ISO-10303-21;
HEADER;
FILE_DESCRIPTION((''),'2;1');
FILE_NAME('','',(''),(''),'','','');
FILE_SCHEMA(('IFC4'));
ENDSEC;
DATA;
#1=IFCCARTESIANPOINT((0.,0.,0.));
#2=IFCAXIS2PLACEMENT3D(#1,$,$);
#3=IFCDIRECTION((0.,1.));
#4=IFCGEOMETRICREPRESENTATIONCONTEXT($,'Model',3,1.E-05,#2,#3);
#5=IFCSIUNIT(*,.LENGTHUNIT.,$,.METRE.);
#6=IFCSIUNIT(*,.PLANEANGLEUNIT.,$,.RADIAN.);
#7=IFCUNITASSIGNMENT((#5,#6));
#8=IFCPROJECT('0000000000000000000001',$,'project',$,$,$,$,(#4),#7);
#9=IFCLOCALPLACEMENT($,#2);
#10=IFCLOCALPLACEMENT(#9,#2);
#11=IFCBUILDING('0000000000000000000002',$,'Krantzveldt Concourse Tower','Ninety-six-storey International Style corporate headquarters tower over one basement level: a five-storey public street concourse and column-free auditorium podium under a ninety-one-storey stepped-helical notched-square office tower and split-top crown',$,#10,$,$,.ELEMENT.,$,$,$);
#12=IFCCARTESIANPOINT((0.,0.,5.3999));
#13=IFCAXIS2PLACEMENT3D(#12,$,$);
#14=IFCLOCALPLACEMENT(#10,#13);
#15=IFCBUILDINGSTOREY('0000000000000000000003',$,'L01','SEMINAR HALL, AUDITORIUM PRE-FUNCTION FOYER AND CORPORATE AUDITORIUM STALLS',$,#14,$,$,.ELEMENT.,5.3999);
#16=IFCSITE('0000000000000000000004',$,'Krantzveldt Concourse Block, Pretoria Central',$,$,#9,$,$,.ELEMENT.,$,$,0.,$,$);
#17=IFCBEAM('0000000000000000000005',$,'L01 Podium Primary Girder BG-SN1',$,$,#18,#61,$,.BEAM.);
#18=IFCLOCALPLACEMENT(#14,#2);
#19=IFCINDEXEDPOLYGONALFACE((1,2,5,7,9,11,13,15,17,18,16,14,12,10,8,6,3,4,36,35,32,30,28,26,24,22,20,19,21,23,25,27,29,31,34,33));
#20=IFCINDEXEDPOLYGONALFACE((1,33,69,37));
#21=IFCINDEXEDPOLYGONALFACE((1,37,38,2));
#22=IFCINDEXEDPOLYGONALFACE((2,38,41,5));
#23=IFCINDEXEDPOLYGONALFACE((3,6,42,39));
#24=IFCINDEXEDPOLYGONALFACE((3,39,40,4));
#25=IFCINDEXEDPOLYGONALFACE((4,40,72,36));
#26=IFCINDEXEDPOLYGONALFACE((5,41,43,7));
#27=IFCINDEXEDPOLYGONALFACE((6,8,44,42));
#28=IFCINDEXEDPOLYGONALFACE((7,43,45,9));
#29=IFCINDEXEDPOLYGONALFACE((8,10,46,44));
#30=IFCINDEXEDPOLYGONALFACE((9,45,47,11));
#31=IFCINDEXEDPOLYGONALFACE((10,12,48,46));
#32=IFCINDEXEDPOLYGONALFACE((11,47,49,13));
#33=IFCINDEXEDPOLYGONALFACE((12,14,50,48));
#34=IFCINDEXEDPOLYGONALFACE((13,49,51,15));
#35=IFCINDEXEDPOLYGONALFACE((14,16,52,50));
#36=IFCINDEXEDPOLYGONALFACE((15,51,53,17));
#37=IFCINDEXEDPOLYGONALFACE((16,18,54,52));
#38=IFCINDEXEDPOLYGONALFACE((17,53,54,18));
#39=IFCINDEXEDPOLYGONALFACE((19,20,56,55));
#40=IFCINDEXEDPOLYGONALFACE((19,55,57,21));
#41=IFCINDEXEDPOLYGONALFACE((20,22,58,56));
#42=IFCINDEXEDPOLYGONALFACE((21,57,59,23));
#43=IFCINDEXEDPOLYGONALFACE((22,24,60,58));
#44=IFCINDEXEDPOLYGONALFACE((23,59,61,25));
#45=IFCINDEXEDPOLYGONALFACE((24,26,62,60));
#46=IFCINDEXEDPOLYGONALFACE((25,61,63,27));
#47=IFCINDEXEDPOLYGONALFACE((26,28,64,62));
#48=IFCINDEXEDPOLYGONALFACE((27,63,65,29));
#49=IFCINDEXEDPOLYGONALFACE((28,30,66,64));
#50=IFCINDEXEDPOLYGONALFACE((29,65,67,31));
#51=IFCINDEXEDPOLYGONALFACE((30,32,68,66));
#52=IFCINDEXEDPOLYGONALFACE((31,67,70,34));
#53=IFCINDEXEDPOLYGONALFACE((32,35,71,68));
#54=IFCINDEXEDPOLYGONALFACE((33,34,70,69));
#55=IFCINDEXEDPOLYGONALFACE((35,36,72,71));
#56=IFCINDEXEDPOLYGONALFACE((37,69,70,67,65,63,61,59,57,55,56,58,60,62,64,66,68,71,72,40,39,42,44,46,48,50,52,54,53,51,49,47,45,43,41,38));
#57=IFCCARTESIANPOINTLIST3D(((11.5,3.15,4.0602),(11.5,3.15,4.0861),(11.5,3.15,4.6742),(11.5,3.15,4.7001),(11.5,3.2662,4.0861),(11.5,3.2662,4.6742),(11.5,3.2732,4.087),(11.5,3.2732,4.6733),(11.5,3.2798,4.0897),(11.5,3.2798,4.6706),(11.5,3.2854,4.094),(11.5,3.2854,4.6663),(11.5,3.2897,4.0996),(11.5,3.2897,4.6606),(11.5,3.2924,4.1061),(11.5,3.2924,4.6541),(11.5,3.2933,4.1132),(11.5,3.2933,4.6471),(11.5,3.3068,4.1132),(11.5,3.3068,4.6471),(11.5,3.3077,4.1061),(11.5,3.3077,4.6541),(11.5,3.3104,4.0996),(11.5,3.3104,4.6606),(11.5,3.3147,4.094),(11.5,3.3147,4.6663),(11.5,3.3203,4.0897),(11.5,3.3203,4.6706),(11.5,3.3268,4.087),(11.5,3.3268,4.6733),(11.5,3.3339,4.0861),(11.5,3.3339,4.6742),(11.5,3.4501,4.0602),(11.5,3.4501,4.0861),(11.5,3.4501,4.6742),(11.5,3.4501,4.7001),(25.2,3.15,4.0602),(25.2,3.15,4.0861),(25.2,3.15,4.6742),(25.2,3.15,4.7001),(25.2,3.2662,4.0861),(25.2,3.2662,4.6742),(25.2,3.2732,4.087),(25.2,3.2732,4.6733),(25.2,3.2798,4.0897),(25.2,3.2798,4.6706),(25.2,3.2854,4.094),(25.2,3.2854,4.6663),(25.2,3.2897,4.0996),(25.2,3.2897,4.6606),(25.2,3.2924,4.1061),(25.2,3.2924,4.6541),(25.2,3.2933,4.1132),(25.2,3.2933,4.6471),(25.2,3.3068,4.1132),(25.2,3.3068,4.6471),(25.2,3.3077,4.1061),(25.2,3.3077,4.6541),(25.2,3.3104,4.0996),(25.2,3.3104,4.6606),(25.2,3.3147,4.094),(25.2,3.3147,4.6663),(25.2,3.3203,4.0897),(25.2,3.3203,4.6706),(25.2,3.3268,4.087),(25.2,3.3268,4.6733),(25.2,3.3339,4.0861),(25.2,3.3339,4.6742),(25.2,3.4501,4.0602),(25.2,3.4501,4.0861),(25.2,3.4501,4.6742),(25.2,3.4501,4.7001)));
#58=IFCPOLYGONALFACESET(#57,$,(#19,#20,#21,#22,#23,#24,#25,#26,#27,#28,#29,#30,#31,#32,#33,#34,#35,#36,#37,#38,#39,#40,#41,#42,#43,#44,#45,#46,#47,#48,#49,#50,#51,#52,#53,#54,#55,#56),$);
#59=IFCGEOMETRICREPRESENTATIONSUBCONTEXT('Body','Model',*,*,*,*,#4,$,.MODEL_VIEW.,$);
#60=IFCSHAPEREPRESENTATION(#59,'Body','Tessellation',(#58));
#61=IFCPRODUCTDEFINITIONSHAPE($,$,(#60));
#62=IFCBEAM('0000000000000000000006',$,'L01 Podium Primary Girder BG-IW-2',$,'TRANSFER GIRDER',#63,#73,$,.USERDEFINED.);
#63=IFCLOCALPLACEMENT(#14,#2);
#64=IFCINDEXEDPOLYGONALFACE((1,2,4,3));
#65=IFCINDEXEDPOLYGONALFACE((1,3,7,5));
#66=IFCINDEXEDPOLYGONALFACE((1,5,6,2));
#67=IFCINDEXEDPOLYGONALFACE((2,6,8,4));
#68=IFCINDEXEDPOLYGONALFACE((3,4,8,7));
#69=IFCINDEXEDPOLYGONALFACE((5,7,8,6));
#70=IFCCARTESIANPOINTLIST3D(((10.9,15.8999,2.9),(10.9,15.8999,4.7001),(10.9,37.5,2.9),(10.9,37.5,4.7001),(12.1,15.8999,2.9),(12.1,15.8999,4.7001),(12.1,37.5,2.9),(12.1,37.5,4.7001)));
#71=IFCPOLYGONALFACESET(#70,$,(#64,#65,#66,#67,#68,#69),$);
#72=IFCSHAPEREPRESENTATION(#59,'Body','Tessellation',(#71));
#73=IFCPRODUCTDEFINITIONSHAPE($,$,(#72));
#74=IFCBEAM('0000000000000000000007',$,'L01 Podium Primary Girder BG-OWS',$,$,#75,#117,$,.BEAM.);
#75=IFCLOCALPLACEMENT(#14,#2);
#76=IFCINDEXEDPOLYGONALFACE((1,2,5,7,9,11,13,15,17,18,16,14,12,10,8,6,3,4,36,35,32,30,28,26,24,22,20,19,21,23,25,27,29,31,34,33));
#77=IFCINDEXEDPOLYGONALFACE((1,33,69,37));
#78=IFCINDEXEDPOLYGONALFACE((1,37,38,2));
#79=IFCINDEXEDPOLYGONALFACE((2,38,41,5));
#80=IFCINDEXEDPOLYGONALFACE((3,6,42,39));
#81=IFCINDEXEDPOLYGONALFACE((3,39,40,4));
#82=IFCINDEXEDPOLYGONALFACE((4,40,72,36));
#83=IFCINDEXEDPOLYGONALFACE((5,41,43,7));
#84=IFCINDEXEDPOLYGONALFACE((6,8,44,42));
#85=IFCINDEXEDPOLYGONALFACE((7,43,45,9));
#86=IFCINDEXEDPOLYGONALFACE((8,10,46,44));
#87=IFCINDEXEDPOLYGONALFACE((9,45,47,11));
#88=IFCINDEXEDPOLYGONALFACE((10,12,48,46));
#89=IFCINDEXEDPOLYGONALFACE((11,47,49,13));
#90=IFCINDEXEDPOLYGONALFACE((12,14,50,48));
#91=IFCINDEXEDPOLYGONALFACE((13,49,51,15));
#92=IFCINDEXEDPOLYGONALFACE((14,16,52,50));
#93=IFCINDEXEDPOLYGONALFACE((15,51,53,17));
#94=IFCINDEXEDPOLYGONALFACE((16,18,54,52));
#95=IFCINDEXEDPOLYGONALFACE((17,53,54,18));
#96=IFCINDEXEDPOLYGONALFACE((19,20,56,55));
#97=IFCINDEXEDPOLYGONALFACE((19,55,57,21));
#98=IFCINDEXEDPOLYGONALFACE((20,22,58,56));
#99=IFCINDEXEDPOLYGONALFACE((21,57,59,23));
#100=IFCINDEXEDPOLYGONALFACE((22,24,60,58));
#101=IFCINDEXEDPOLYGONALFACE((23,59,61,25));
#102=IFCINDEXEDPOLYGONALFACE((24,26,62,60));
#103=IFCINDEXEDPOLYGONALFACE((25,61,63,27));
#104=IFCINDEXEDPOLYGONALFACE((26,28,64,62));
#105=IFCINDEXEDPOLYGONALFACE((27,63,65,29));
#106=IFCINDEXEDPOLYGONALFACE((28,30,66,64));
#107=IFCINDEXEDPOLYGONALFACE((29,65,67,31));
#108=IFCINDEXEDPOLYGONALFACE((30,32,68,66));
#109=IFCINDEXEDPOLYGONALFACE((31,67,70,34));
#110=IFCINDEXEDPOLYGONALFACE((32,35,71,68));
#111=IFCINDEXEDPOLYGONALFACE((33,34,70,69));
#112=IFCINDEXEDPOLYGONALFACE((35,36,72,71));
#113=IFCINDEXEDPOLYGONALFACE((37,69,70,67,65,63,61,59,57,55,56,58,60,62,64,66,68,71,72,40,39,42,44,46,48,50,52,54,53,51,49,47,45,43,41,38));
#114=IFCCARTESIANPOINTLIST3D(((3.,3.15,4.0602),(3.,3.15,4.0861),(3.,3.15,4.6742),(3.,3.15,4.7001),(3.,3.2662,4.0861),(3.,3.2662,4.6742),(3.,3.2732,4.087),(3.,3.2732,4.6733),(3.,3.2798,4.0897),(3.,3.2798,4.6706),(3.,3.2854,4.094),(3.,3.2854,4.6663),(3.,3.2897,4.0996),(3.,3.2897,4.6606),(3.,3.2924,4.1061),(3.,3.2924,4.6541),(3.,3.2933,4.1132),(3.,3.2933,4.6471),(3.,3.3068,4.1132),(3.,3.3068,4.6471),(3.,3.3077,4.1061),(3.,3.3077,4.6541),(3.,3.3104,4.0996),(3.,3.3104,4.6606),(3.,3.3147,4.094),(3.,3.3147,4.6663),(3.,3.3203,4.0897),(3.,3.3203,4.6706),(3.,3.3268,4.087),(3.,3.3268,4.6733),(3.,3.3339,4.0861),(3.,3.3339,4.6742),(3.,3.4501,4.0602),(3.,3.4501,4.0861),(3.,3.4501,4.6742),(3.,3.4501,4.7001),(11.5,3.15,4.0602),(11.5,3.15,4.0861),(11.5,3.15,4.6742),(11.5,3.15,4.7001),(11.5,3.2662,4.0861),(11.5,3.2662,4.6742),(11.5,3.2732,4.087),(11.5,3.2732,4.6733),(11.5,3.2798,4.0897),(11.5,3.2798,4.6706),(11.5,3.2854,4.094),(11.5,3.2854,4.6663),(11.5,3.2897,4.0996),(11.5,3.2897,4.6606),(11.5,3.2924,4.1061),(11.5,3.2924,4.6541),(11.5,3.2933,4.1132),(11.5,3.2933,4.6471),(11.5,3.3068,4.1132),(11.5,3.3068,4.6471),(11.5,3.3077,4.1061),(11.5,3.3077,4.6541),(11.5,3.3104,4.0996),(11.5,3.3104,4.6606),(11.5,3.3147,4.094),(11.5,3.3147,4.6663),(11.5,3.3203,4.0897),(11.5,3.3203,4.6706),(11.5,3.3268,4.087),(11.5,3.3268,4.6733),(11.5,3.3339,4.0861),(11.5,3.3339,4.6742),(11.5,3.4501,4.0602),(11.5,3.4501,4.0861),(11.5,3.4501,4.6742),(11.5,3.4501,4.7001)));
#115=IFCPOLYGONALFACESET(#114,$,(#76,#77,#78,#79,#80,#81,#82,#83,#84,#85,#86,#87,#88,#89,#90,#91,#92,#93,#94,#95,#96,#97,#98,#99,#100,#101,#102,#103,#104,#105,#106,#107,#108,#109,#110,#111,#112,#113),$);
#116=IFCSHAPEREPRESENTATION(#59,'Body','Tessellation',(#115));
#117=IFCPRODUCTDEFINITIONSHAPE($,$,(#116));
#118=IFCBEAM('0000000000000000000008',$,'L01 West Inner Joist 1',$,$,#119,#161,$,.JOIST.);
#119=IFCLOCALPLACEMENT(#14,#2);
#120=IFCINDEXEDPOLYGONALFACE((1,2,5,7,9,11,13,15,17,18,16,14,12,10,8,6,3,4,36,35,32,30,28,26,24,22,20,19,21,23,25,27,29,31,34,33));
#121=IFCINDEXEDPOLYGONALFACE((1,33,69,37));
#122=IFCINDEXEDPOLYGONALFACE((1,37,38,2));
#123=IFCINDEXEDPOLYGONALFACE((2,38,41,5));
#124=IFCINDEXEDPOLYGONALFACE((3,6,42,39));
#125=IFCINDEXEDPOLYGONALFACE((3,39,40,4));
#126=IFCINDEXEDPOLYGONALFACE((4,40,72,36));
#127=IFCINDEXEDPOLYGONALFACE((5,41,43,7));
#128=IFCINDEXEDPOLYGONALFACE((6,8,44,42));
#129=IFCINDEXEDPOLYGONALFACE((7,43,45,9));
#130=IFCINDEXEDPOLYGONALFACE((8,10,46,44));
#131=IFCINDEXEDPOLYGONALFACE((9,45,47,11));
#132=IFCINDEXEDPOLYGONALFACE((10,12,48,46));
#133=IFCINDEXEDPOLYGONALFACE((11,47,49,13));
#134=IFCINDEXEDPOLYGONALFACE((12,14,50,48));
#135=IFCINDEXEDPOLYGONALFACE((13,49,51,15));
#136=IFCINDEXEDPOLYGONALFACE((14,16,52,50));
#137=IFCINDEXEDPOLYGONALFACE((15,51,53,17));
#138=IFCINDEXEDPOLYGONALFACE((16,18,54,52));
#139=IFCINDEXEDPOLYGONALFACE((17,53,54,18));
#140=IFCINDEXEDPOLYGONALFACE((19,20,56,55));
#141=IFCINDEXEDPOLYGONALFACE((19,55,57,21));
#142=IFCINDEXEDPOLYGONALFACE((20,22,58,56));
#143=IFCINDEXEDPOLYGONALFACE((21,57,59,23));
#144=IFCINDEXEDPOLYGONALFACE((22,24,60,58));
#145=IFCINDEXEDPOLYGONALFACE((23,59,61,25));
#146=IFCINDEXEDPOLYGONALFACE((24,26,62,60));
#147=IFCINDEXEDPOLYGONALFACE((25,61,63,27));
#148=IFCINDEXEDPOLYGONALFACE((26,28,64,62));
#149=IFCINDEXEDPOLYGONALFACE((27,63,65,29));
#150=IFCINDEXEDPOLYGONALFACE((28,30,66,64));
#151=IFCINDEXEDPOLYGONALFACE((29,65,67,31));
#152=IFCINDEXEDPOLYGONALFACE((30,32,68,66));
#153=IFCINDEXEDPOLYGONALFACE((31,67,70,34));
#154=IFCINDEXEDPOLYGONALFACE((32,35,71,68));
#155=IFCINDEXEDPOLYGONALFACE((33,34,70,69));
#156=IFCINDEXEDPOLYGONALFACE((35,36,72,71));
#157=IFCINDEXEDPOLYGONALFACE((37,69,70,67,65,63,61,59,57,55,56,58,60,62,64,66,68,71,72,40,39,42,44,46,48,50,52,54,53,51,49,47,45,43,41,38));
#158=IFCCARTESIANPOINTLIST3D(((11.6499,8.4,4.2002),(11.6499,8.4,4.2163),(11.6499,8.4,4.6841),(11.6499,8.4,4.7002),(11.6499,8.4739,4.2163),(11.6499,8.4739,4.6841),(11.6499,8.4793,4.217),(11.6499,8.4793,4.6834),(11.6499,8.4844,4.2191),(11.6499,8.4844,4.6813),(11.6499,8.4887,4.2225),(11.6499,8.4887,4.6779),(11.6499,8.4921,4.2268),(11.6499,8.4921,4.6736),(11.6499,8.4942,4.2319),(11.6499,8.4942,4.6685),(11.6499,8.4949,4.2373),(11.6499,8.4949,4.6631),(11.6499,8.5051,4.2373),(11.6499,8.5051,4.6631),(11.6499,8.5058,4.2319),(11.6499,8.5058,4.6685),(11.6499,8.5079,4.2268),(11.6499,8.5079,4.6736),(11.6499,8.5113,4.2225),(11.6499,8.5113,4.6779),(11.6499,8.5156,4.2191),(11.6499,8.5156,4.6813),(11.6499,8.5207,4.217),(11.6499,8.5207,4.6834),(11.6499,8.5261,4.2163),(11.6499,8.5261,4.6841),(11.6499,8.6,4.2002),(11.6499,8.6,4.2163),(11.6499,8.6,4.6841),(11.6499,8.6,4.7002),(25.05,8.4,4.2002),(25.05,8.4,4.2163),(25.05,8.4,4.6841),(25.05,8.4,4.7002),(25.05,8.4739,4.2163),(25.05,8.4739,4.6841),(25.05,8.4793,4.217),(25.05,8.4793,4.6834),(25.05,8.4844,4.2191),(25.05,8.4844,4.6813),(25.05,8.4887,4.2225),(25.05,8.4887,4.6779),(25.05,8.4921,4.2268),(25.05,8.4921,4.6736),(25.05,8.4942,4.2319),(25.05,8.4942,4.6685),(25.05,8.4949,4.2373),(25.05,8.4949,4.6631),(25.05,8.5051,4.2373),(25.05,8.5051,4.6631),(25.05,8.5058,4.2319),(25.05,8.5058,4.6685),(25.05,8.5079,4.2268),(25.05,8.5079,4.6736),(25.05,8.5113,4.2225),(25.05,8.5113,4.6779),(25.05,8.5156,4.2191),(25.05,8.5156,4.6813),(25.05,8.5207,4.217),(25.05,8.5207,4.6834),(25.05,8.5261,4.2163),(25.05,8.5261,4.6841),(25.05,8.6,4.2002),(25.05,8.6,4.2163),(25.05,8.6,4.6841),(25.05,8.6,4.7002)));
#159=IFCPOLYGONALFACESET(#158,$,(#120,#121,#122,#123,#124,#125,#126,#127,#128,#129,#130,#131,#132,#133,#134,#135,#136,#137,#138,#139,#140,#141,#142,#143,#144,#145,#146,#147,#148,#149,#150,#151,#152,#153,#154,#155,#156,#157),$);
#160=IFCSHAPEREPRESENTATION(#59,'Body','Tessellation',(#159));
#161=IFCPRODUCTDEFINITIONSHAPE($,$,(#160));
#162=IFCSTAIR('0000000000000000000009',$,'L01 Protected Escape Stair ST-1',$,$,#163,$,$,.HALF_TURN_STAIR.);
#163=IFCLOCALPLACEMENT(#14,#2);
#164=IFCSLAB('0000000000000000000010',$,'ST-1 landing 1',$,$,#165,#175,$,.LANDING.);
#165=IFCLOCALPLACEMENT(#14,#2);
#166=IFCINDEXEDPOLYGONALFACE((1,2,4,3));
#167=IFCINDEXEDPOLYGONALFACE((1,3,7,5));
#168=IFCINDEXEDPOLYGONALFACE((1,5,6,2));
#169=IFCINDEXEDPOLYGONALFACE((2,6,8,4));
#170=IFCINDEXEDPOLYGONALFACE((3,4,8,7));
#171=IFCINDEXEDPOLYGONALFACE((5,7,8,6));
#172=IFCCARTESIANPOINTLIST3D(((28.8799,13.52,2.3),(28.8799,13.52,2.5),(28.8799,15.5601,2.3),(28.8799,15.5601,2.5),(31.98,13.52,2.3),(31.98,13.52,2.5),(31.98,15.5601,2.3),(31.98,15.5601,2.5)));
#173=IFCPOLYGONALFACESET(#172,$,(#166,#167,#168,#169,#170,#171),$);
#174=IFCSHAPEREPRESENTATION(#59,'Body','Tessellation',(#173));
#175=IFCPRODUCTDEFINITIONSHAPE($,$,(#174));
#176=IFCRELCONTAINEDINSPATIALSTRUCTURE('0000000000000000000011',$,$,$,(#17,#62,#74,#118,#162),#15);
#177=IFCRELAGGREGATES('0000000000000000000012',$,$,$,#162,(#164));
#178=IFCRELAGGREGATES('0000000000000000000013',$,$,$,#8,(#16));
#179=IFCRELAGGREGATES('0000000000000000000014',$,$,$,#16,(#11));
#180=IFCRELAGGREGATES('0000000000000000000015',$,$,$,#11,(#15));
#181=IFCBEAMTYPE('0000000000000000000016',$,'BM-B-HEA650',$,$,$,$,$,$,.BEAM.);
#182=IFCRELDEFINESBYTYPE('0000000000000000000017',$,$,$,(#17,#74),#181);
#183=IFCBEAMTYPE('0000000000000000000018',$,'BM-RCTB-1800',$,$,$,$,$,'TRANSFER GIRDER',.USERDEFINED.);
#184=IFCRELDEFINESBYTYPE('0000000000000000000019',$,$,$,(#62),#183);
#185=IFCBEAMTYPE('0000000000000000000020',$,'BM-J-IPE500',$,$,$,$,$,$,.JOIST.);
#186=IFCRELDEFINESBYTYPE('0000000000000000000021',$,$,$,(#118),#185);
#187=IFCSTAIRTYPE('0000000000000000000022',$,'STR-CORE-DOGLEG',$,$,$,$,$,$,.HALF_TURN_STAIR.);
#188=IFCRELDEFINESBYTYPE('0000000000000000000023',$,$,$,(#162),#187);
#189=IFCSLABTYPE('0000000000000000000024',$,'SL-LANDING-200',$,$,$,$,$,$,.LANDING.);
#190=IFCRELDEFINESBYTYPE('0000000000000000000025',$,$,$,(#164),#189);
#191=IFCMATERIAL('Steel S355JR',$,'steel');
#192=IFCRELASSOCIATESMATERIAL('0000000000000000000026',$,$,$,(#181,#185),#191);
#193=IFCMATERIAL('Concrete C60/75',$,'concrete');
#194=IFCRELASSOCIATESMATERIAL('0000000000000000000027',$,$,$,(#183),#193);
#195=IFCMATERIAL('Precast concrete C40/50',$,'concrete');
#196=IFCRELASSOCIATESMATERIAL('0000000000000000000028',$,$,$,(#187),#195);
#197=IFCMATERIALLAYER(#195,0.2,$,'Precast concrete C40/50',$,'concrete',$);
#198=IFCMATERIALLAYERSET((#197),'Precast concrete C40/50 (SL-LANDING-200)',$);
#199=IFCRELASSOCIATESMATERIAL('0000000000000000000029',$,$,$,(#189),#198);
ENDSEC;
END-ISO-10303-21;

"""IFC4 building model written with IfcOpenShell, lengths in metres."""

from ifc_helpers import new_model, si_unit, direction, frame, origin, origin_2d, place, context, subcontext, project, spatial, polyline, rectangle, i_section, outline, extrude, source, transform, mapped, material, layer, layer_set, material_profile, profile_set, type_object, type_shapes, element, aggregate, save


model = new_model("IFC4")

# Units and contexts
model_context = context("Model", 3, precision=1e-05, world=origin(), true_north=direction((0.0, 1.0)))
body_context = subcontext(model_context, "Body", "Model", "MODEL_VIEW")
ifc_project = project(units=[si_unit("LENGTHUNIT", "METRE"), si_unit("PLANEANGLEUNIT", "RADIAN")], contexts=[model_context])

# Site, building, storey
site_placement = place(None, origin())
site = spatial("IfcSite", under=ifc_project, at=site_placement, Name="Krantzveldt Concourse Block, Pretoria Central", CompositionType="ELEMENT", RefElevation=0.0)
building_placement = place(site_placement, origin())
building = spatial("IfcBuilding", under=site, at=building_placement, Name="Krantzveldt Concourse Tower", Description="Ninety-six-storey International Style corporate headquarters tower over one basement level: a five-storey public street concourse and column-free auditorium podium under a ninety-one-storey stepped-helical notched-square office tower and split-top crown", CompositionType="ELEMENT")
storey_placement = place(building_placement, frame((0.0, 0.0, 5.3999)))
storey = spatial("IfcBuildingStorey", under=building, at=storey_placement, Name="L01", Description="SEMINAR HALL, AUDITORIUM PRE-FUNCTION FOYER AND CORPORATE AUDITORIUM STALLS", CompositionType="ELEMENT", Elevation=5.3999)

# Shared definitions
ifc_material_1 = material(Name="Concrete C60/75", Category="concrete")

# Beams
ifc_material_2 = material(Name="Steel S355JR", Category="steel")
ifc_material_profile_1 = material_profile(ifc_material_2, i_section(OverallWidth=0.3, OverallDepth=0.6399, WebThickness=0.0134, FlangeThickness=0.0259, FilletRadius=0.0271, at=origin_2d()), Name="Steel S355JR", Category="steel")
ifc_profile_set_1 = profile_set([ifc_material_profile_1], Name="Steel S355JR - HEA 650")
beam_type_1 = type_object("IfcBeamType", Name="BM-B-HEA650", PredefinedType="BEAM", material=ifc_profile_set_1)
shared_shape_1 = source(origin(), body_context, "Body", "SweptSolid", [
    extrude(i_section(OverallWidth=0.3, OverallDepth=0.6399, WebThickness=0.0134, FlangeThickness=0.0259, FilletRadius=0.0271, at=origin_2d()), origin(), (0.0, 0.0, 1.0), 13.7),
])
beam_1_placement = place(storey_placement, frame((11.5, 3.3, 4.3801), z_axis=(1.0, 0.0, 0.0), x_axis=(0.0, 1.0, 0.0)))
element("IfcBeam", 1, at=beam_1_placement, inside=storey, type_object=beam_type_1, Name="L01 Podium Primary Girder BG-SN1", PredefinedType="BEAM", context=body_context, shape_type="MappedRepresentation", body=[
    mapped(shared_shape_1, transform((0.0, 0.0, 0.0), x_axis=(1.0, 0.0, 0.0), y_axis=(0.0, 1.0, 0.0), z_axis=(0.0, 0.0, 1.0), scale=1.0)),
])
ifc_material_profile_2 = material_profile(ifc_material_1, rectangle(XDim=1.2, YDim=1.8, at=origin_2d()), Name="Concrete C60/75", Category="concrete")
ifc_profile_set_2 = profile_set([ifc_material_profile_2], Name="Concrete C60/75 - RC-TB 1200x1800")
beam_type_2 = type_object("IfcBeamType", Name="BM-RCTB-1800", ElementType="TRANSFER GIRDER", PredefinedType="USERDEFINED", material=ifc_profile_set_2)
shared_shape_2 = source(origin(), body_context, "Body", "SweptSolid", [
    extrude(rectangle(XDim=1.2, YDim=1.8, at=origin_2d()), origin(), (0.0, 0.0, 1.0), 21.6001),
])
type_shapes(beam_type_2, [shared_shape_2])
beam_2_placement = place(storey_placement, frame((11.5, 15.8999, 3.8), z_axis=(0.0, 1.0, 0.0), x_axis=(-1.0, 0.0, 0.0)))
element("IfcBeam", 2, at=beam_2_placement, inside=storey, type_object=beam_type_2, Name="L01 Podium Primary Girder BG-IW-2", ObjectType="TRANSFER GIRDER", PredefinedType="USERDEFINED", context=body_context, shape_type="MappedRepresentation", body=[
    mapped(shared_shape_2, transform((0.0, 0.0, 0.0), x_axis=(1.0, 0.0, 0.0), y_axis=(0.0, 1.0, 0.0), z_axis=(0.0, 0.0, 1.0), scale=1.0)),
])
shared_shape_3 = source(origin(), body_context, "Body", "SweptSolid", [
    extrude(i_section(OverallWidth=0.3, OverallDepth=0.6399, WebThickness=0.0134, FlangeThickness=0.0259, FilletRadius=0.0271, at=origin_2d()), origin(), (0.0, 0.0, 1.0), 8.5),
])
type_shapes(beam_type_1, [shared_shape_1, shared_shape_3])
beam_3_placement = place(storey_placement, frame((3.0, 3.3, 4.3801), z_axis=(1.0, 0.0, 0.0), x_axis=(0.0, 1.0, 0.0)))
element("IfcBeam", 3, at=beam_3_placement, inside=storey, type_object=beam_type_1, Name="L01 Podium Primary Girder BG-OWS", PredefinedType="BEAM", context=body_context, shape_type="MappedRepresentation", body=[
    mapped(shared_shape_3, transform((0.0, 0.0, 0.0), x_axis=(1.0, 0.0, 0.0), y_axis=(0.0, 1.0, 0.0), z_axis=(0.0, 0.0, 1.0), scale=1.0)),
])
ifc_material_profile_3 = material_profile(ifc_material_2, i_section(OverallWidth=0.2, OverallDepth=0.5, WebThickness=0.0103, FlangeThickness=0.0161, FilletRadius=0.021, at=origin_2d()), Name="Steel S355JR", Category="steel")
ifc_profile_set_3 = profile_set([ifc_material_profile_3], Name="Steel S355JR - IPE 500")
beam_type_3 = type_object("IfcBeamType", Name="BM-J-IPE500", PredefinedType="JOIST", material=ifc_profile_set_3)
shared_shape_4 = source(origin(), body_context, "Body", "SweptSolid", [
    extrude(i_section(OverallWidth=0.2, OverallDepth=0.5, WebThickness=0.0103, FlangeThickness=0.0161, FilletRadius=0.021, at=origin_2d()), origin(), (0.0, 0.0, 1.0), 13.4001),
])
type_shapes(beam_type_3, [shared_shape_4])
beam_4_placement = place(storey_placement, frame((11.6499, 8.5, 4.4502), z_axis=(1.0, 0.0, 0.0), x_axis=(0.0, 1.0, 0.0)))
element("IfcBeam", 4, at=beam_4_placement, inside=storey, type_object=beam_type_3, Name="L01 West Inner Joist 1", PredefinedType="JOIST", context=body_context, shape_type="MappedRepresentation", body=[
    mapped(shared_shape_4, transform((0.0, 0.0, 0.0), x_axis=(1.0, 0.0, 0.0), y_axis=(0.0, 1.0, 0.0), z_axis=(0.0, 0.0, 1.0), scale=1.0)),
])

# Stair, slab
ifc_material_3 = material(Name="Precast concrete C40/50", Category="concrete")
stair_type = type_object("IfcStairType", Name="STR-CORE-DOGLEG", PredefinedType="HALF_TURN_STAIR", material=ifc_material_3)
stair_1_placement = place(storey_placement, origin())
stair_1 = element("IfcStair", 5, at=stair_1_placement, inside=storey, type_object=stair_type, Name="L01 Protected Escape Stair ST-1", PredefinedType="HALF_TURN_STAIR")
ifc_layer_1 = layer(ifc_material_3, 0.2, Name="Precast concrete C40/50", Category="concrete")
ifc_layer_set_1 = layer_set([ifc_layer_1], Name="Precast concrete C40/50 (SL-LANDING-200)")
slab_type_1 = type_object("IfcSlabType", Name="SL-LANDING-200", PredefinedType="LANDING", material=ifc_layer_set_1)
slab_1_placement = place(storey_placement, frame((0.0, 0.0, 2.3)))
slab_1 = element("IfcSlab", 6, at=slab_1_placement, type_object=slab_type_1, Name="ST-1 landing 1", PredefinedType="LANDING", context=body_context, shape_type="SweptSolid", body=[
    extrude(outline(polyline([(28.8799, 15.5601), (28.8799, 13.52), (31.98, 13.52), (31.98, 15.5601), (28.8799, 15.5601)])), origin(), (0.0, 0.0, 1.0), 0.2),
])
aggregate(stair_1, [slab_1])

save(model, "model.ifc")
